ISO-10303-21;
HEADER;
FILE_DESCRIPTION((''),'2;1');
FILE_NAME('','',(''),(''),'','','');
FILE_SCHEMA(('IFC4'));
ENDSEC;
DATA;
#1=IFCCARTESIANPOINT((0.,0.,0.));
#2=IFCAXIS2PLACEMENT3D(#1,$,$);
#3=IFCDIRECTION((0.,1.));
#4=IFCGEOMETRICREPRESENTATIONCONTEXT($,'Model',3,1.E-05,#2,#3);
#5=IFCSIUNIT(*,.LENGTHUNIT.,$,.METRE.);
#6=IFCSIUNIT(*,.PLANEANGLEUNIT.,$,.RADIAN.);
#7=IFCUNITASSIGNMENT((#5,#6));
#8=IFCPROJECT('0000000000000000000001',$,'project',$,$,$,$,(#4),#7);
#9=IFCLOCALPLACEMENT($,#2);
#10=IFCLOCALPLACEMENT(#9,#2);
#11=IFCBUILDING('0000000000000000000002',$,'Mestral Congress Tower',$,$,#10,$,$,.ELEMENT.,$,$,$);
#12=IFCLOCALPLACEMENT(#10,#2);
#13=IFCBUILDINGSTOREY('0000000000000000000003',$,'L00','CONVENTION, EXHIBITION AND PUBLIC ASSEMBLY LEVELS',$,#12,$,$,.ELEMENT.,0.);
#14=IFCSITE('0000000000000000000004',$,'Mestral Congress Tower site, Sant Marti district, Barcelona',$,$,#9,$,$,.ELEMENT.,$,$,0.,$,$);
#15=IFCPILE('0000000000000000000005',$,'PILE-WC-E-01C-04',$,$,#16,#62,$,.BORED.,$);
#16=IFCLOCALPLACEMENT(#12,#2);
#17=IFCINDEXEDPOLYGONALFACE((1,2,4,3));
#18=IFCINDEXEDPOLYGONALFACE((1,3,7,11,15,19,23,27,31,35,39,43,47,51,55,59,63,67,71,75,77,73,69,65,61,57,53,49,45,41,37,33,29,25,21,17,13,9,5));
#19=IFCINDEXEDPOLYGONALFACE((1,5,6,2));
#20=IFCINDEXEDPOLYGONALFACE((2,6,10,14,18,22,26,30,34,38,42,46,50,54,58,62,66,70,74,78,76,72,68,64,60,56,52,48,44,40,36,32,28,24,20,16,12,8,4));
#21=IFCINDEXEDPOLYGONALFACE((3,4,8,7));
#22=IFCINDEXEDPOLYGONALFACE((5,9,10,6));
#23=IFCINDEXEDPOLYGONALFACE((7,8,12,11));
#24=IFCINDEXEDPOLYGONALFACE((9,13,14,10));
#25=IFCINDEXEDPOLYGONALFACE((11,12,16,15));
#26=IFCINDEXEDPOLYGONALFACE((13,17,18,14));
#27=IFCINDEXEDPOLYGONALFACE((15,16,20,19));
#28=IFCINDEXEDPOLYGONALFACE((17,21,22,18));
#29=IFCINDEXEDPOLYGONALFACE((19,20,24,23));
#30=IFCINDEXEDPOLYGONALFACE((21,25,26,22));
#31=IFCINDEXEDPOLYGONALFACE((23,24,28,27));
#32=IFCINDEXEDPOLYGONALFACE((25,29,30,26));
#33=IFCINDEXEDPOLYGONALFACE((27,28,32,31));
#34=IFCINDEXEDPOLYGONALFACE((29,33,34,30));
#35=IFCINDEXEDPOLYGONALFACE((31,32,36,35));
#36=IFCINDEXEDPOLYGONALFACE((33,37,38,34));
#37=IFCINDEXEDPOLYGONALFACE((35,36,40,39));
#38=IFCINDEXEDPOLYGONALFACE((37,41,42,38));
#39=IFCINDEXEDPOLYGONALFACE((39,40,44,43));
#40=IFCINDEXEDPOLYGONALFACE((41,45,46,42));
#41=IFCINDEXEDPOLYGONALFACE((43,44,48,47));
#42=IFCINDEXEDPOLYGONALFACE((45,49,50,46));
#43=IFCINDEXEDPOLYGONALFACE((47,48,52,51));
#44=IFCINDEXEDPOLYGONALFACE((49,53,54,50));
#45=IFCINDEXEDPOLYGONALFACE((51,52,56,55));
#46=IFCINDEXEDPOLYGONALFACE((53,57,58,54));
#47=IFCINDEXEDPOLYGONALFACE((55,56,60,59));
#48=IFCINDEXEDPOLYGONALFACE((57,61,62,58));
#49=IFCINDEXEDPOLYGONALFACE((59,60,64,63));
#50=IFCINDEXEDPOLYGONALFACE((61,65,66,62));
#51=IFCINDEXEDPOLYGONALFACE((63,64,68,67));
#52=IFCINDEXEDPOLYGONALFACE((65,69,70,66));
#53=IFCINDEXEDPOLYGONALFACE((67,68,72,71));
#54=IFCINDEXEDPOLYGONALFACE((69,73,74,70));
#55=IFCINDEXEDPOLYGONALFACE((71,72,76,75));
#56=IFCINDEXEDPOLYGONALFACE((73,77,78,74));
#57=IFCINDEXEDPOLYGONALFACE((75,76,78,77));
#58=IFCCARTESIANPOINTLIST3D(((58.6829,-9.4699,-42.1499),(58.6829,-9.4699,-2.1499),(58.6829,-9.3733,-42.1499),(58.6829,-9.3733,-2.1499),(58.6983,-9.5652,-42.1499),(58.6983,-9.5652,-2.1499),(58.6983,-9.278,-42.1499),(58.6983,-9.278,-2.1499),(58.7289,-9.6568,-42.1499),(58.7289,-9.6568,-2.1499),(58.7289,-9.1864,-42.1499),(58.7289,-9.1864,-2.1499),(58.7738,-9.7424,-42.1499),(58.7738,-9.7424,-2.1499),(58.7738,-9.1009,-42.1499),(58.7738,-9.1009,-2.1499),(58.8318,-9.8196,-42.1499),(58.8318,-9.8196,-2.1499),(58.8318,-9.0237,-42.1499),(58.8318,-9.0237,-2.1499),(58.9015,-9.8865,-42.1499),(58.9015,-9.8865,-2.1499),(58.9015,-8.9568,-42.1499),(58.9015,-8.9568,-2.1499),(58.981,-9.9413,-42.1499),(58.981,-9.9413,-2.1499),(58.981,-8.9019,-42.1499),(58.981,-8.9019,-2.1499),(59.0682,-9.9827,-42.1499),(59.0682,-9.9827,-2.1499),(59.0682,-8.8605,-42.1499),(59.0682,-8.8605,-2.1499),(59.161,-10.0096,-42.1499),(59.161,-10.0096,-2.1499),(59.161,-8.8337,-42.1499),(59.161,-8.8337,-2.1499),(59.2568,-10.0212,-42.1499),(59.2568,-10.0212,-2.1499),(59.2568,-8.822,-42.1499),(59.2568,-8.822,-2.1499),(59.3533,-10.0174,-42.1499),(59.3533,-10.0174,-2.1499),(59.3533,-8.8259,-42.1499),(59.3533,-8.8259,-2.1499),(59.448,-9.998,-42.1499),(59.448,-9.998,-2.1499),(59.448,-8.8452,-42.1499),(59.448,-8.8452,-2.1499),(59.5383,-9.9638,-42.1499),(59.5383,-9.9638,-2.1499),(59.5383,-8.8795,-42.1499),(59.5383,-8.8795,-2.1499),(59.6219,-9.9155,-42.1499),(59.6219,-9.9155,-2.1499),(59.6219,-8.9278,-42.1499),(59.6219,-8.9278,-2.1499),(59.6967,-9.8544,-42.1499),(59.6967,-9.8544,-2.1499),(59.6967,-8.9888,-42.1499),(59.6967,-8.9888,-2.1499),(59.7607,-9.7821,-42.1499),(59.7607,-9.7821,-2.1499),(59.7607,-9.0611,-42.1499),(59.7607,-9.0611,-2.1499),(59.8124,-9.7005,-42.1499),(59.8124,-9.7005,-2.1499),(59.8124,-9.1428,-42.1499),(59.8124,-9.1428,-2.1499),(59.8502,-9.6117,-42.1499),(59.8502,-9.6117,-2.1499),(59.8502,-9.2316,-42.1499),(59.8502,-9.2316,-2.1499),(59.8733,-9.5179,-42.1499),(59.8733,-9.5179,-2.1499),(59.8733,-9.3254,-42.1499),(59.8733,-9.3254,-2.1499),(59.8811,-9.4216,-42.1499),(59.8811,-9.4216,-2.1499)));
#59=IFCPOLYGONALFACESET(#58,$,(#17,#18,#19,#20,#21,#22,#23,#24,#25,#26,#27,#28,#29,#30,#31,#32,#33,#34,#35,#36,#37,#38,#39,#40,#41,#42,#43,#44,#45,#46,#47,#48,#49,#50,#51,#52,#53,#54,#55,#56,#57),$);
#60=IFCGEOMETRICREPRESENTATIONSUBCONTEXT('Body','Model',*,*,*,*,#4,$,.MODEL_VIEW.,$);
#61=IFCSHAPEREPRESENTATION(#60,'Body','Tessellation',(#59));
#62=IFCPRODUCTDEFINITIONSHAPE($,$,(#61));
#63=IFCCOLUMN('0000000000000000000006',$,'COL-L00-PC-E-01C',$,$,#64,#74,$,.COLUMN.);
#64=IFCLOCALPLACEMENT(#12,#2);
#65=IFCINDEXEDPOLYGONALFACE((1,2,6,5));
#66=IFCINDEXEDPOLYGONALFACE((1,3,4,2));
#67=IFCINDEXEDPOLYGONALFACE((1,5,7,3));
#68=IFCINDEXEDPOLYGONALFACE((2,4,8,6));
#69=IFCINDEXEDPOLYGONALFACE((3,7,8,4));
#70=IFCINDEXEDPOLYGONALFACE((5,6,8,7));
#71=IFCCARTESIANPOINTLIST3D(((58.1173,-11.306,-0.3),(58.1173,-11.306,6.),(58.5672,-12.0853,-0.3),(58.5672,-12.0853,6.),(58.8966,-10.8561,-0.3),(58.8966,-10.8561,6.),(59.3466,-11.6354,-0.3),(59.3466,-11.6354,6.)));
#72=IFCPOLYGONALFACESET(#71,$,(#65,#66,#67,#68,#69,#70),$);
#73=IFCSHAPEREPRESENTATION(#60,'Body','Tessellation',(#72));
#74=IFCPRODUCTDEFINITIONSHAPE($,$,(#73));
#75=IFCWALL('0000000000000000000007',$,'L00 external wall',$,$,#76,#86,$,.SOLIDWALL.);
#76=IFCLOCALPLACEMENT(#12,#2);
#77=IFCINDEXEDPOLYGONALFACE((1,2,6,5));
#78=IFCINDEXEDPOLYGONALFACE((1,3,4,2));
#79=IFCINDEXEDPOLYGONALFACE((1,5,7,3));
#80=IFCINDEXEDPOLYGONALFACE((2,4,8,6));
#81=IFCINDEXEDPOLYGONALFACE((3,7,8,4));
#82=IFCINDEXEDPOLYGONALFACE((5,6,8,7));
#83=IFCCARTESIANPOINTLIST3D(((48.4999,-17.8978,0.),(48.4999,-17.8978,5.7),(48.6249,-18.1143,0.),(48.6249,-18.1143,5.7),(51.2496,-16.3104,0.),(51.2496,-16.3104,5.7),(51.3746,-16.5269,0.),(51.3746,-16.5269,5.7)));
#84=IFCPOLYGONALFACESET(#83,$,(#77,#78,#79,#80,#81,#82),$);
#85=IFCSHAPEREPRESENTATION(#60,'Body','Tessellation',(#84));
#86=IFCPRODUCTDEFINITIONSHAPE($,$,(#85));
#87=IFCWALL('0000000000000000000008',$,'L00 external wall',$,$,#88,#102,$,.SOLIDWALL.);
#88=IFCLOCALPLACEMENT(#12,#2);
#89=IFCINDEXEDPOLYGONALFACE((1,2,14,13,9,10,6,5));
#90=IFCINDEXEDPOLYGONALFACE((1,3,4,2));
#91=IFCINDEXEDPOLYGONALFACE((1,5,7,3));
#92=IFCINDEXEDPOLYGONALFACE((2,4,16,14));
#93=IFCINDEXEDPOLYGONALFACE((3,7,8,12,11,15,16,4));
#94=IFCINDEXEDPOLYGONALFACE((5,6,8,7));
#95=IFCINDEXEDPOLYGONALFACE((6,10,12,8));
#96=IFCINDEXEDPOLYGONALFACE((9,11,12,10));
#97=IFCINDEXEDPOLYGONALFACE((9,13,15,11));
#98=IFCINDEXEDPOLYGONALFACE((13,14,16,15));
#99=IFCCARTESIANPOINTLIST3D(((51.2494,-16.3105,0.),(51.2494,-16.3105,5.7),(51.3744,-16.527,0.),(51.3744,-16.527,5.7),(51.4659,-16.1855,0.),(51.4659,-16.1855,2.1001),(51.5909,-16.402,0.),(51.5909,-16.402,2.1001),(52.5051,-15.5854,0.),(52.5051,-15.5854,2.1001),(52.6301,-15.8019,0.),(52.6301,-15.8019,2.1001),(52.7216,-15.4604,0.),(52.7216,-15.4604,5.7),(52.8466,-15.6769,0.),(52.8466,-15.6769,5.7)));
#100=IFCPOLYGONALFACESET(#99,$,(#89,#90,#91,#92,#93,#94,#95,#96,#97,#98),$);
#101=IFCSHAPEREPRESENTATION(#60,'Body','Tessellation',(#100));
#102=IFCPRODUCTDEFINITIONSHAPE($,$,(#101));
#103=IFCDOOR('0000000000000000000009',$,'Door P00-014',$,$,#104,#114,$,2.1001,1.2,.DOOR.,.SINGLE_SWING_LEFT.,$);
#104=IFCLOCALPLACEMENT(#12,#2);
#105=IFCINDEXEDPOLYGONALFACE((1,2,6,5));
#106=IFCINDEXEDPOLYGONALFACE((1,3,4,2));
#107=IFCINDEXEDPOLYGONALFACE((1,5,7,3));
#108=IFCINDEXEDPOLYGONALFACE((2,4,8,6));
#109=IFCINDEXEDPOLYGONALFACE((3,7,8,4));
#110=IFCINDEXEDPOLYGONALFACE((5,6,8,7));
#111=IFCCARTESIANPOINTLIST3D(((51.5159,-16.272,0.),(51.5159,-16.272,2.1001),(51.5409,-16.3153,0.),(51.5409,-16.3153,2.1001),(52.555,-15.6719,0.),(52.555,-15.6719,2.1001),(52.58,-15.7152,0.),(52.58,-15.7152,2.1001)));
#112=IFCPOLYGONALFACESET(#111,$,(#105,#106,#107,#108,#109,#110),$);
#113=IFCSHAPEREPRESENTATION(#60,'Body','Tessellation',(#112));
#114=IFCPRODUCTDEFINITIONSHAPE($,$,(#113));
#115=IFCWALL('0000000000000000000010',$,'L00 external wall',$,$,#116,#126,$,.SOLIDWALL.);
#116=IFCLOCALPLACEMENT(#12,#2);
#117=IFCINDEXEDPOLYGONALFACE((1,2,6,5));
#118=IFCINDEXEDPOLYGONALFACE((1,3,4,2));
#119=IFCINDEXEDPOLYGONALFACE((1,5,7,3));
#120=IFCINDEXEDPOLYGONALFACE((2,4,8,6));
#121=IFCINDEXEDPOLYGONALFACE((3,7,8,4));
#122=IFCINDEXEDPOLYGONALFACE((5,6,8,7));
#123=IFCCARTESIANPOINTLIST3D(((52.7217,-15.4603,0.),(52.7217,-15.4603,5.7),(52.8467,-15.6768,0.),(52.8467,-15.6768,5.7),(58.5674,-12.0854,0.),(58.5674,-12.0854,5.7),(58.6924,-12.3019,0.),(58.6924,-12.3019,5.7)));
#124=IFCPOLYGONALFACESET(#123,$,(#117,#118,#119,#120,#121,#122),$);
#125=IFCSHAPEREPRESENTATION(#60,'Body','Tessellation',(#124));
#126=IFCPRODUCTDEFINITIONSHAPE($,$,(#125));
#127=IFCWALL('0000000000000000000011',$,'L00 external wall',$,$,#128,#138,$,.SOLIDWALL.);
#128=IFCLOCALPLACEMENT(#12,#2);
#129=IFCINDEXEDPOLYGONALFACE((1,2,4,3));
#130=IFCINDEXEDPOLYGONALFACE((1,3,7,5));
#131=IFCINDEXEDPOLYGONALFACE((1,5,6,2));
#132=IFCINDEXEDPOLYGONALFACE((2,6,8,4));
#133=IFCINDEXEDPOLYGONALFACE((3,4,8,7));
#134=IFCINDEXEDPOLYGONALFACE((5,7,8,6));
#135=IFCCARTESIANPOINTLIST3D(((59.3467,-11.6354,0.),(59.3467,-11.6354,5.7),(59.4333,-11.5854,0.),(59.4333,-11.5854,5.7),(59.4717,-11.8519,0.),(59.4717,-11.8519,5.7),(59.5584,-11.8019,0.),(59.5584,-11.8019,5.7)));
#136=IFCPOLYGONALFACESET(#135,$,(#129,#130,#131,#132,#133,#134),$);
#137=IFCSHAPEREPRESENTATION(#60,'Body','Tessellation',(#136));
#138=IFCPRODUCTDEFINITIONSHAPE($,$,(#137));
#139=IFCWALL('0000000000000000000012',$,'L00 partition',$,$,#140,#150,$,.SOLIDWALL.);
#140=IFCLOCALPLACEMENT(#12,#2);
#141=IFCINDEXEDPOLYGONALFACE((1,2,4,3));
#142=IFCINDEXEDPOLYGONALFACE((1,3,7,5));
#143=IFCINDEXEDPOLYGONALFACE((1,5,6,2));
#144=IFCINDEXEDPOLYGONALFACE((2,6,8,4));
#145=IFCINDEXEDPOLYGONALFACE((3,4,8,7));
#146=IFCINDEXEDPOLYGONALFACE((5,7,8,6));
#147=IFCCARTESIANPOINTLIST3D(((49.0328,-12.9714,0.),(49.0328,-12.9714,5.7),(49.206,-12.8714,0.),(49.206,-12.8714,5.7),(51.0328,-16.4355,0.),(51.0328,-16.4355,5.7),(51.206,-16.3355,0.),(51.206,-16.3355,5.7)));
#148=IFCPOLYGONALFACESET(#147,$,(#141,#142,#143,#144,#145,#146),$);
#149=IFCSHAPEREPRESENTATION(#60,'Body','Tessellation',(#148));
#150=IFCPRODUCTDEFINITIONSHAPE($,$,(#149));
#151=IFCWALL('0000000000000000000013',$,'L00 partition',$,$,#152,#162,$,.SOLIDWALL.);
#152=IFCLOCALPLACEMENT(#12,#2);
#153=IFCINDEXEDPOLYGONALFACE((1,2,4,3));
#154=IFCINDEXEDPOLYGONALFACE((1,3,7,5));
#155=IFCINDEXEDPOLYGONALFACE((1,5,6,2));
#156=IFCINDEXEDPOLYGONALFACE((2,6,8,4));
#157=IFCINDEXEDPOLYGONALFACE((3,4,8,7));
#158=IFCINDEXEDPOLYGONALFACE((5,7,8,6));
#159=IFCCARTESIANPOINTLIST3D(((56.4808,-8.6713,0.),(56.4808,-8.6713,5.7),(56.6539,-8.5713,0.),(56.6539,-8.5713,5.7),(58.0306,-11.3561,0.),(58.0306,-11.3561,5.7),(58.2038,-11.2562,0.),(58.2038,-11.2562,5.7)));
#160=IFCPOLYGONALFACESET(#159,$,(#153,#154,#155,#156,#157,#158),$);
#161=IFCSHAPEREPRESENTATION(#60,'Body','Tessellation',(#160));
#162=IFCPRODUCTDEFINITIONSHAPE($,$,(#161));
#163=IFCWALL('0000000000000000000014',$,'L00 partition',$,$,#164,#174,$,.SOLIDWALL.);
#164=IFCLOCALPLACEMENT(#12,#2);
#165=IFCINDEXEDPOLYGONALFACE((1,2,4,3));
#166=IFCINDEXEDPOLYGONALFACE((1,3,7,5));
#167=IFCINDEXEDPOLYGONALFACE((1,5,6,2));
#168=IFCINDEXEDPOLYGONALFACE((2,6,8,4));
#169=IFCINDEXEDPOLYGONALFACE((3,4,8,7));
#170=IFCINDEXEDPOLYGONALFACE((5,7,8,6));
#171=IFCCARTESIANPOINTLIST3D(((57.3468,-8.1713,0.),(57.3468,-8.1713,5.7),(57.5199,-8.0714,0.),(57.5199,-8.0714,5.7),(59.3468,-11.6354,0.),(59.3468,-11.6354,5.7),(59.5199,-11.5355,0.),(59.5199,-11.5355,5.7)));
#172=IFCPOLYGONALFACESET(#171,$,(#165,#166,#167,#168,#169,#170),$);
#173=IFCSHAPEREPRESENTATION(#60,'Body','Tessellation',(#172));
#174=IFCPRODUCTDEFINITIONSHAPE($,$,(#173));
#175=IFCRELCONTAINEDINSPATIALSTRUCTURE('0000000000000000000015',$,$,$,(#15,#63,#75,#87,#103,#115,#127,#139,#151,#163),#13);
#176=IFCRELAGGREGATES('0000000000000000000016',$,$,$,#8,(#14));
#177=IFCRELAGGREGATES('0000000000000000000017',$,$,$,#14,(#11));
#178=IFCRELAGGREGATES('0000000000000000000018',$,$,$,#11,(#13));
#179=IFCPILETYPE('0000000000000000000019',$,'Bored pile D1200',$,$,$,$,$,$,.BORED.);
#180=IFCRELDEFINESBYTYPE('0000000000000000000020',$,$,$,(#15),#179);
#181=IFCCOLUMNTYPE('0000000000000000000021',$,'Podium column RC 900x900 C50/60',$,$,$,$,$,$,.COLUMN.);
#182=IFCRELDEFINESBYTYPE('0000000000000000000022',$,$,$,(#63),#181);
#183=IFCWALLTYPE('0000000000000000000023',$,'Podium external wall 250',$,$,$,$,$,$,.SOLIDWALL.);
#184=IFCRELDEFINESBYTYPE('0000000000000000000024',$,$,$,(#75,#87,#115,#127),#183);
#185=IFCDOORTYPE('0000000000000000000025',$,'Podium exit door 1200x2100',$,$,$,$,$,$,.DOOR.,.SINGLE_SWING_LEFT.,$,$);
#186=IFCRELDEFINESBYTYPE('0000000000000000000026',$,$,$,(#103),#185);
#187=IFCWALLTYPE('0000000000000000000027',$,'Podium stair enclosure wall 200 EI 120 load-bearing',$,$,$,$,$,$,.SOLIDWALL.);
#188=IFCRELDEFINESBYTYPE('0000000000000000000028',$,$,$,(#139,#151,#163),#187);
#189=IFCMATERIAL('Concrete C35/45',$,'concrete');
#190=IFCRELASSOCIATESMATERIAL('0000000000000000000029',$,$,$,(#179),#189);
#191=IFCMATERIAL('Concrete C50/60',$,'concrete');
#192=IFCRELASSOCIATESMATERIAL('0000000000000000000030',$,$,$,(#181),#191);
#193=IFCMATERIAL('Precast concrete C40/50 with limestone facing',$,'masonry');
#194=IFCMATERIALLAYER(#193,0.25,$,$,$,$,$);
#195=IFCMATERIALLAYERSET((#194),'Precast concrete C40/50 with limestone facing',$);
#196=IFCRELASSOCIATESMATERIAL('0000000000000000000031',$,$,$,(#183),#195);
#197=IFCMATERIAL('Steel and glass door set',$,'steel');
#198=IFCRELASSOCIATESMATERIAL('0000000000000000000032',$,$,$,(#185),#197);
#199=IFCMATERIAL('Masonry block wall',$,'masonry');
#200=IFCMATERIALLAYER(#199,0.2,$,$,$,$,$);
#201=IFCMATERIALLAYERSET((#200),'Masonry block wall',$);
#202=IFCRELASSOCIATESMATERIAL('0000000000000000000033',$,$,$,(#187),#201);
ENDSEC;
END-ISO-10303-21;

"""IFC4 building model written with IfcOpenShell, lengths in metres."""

from ifc_helpers import new_model, si_unit, direction, frame, frame_2d, origin, origin_2d, place, context, subcontext, project, spatial, rectangle, circle, extrude, material, layer, layer_set, material_profile, profile_set, type_object, element, fill, save


model = new_model("IFC4")

# Units and contexts
model_context = context("Model", 3, precision=1e-05, world=origin(), true_north=direction((0.0, 1.0)))
body_context = subcontext(model_context, "Body", "Model", "MODEL_VIEW")
ifc_project = project(units=[si_unit("LENGTHUNIT", "METRE"), si_unit("PLANEANGLEUNIT", "RADIAN")], contexts=[model_context])

# Site, building, storey
site_placement = place(None, origin())
site = spatial("IfcSite", under=ifc_project, at=site_placement, Name="Mestral Congress Tower site, Sant Marti district, Barcelona", CompositionType="ELEMENT", RefElevation=0.0)
building_placement = place(site_placement, origin())
building = spatial("IfcBuilding", under=site, at=building_placement, Name="Mestral Congress Tower", CompositionType="ELEMENT")
storey_placement = place(building_placement, origin())
storey = spatial("IfcBuildingStorey", under=building, at=storey_placement, Name="L00", Description="CONVENTION, EXHIBITION AND PUBLIC ASSEMBLY LEVELS", CompositionType="ELEMENT", Elevation=0.0)

# Pile
ifc_material_1 = material(Name="Concrete C35/45", Category="concrete")
ifc_material_profile_1 = material_profile(ifc_material_1, circle(Radius=0.6001, at=origin_2d()), Name="D1200")
ifc_profile_set_1 = profile_set([ifc_material_profile_1], Name="Concrete C35/45")
pile_type = type_object("IfcPileType", Name="Bored pile D1200", PredefinedType="BORED", material=ifc_profile_set_1)
for number, where, z_axis, x_axis, name in (
    (1, (59.281, -9.4216, -2.1499), (0.0, 0.0, -1.0), (1.0, 0.0, 0.0), "PILE-WC-E-01C-04"),
):
    element("IfcPile", number, at=place(storey_placement, frame(where, z_axis=z_axis, x_axis=x_axis)), inside=storey, type_object=pile_type, Name=name, PredefinedType="BORED", context=body_context, shape_type="SweptSolid", body=[
        extrude(circle(Radius=0.6001, at=origin_2d()), origin(), (0.0, 0.0, 1.0), 40.0),
    ])

# Column
ifc_material_2 = material(Name="Concrete C50/60", Category="concrete")
ifc_material_profile_2 = material_profile(ifc_material_2, rectangle(XDim=0.8999, YDim=0.8999, at=origin_2d()), Name="RC 900x900")
ifc_profile_set_2 = profile_set([ifc_material_profile_2], Name="Concrete C50/60")
column_type = type_object("IfcColumnType", Name="Podium column RC 900x900 C50/60", PredefinedType="COLUMN", material=ifc_profile_set_2)
column_placement = place(storey_placement, frame((58.7319, -11.4707, -0.3), z_axis=(0.0, 0.0, 1.0), x_axis=(-0.5, 0.866025, 0.0)))
element("IfcColumn", 2, at=column_placement, inside=storey, type_object=column_type, Name="COL-L00-PC-E-01C", PredefinedType="COLUMN", context=body_context, shape_type="SweptSolid", body=[
    extrude(rectangle(XDim=0.8999, YDim=0.8999, at=origin_2d()), origin(), (0.0, 0.0, 1.0), 6.3),
])

# Wall
ifc_material_3 = material(Name="Precast concrete C40/50 with limestone facing", Category="masonry")
ifc_layer_1 = layer(ifc_material_3, 0.25)
ifc_layer_set_1 = layer_set([ifc_layer_1], Name="Precast concrete C40/50 with limestone facing")
wall_type_1 = type_object("IfcWallType", Name="Podium external wall 250", PredefinedType="SOLIDWALL", material=ifc_layer_set_1)
wall_1_placement = place(storey_placement, frame((51.312, -16.4187, 0.0), z_axis=(0.0, 0.0, 1.0), x_axis=(-0.866049, -0.49996, 0.0)))
element("IfcWall", 3, at=wall_1_placement, inside=storey, type_object=wall_type_1, Name="L00 external wall", PredefinedType="SOLIDWALL", context=body_context, shape_type="SweptSolid", body=[
    extrude(rectangle(XDim=3.175, YDim=0.25, at=frame_2d((1.5874, 0.0))), origin(), (0.0, 0.0, 1.0), 5.7),
])

# Wall, opening, door
wall_2_placement = place(storey_placement, frame((52.7842, -15.5686, 0.0), z_axis=(0.0, 0.0, 1.0), x_axis=(-0.865989, -0.500062, 0.0)))
wall_2 = element("IfcWall", 4, at=wall_2_placement, inside=storey, type_object=wall_type_1, Name="L00 external wall", PredefinedType="SOLIDWALL", context=body_context, shape_type="SweptSolid", body=[
    extrude(rectangle(XDim=1.7, YDim=0.25, at=frame_2d((0.8501, 0.0))), origin(), (0.0, 0.0, 1.0), 5.7),
])
opening_placement = place(wall_2_placement, frame((0.25, 0.0, 0.0)))
opening = element("IfcOpeningElement", 5, at=opening_placement, cuts=wall_2, PredefinedType="OPENING", context=body_context, shape_type="SweptSolid", body=[
    extrude(rectangle(XDim=1.2, YDim=2.1001, at=frame_2d((0.6001, 1.05))), frame((0.0, 0.135, 0.0), z_axis=(0.0, -1.0, 0.0), x_axis=(1.0, 0.0, 0.0)), (0.0, 0.0, 1.0), 0.27),
])
ifc_material_4 = material(Name="Steel and glass door set", Category="steel")
door_type = type_object("IfcDoorType", Name="Podium exit door 1200x2100", OperationType="SINGLE_SWING_LEFT", PredefinedType="DOOR", material=ifc_material_4)
door_placement = place(opening_placement, origin())
door = element("IfcDoor", 6, at=door_placement, inside=storey, type_object=door_type, Name="Door P00-014", OperationType="SINGLE_SWING_LEFT", OverallHeight=2.1001, OverallWidth=1.2, PredefinedType="DOOR", context=body_context, shape_type="SweptSolid", body=[
    extrude(rectangle(XDim=1.2, YDim=2.1001, at=frame_2d((0.6001, 1.05))), frame((0.0, 0.0249, 0.0), z_axis=(0.0, -1.0, 0.0), x_axis=(1.0, 0.0, 0.0)), (0.0, 0.0, 1.0), 0.05),
])
fill(opening, door)

# Walls
wall_3_placement = place(storey_placement, frame((58.6299, -12.1936, 0.0), z_axis=(0.0, 0.0, 1.0), x_axis=(-0.866027, -0.499998, 0.0)))
element("IfcWall", 7, at=wall_3_placement, inside=storey, type_object=wall_type_1, Name="L00 external wall", PredefinedType="SOLIDWALL", context=body_context, shape_type="SweptSolid", body=[
    extrude(rectangle(XDim=6.75, YDim=0.25, at=frame_2d((3.375, 0.0))), origin(), (0.0, 0.0, 1.0), 5.7),
])
wall_4_placement = place(storey_placement, frame((59.4958, -11.6936, 0.0), z_axis=(0.0, 0.0, 1.0), x_axis=(-0.865982, -0.500074, 0.0)))
element("IfcWall", 8, at=wall_4_placement, inside=storey, type_object=wall_type_1, Name="L00 external wall", PredefinedType="SOLIDWALL", context=body_context, shape_type="SweptSolid", body=[
    extrude(rectangle(XDim=0.1001, YDim=0.25, at=frame_2d((0.05, 0.0))), origin(), (0.0, 0.0, 1.0), 5.7),
])
ifc_material_5 = material(Name="Masonry block wall", Category="masonry")
ifc_layer_2 = layer(ifc_material_5, 0.2)
ifc_layer_set_2 = layer_set([ifc_layer_2], Name="Masonry block wall")
wall_type_2 = type_object("IfcWallType", Name="Podium stair enclosure wall 200 EI 120 load-bearing", PredefinedType="SOLIDWALL", material=ifc_layer_set_2)
wall_5_placement = place(storey_placement, frame((51.1194, -16.3855, 0.0), z_axis=(0.0, 0.0, 1.0), x_axis=(-0.499999, 0.866026, 0.0)))
element("IfcWall", 9, at=wall_5_placement, inside=storey, type_object=wall_type_2, Name="L00 partition", PredefinedType="SOLIDWALL", context=body_context, shape_type="SweptSolid", body=[
    extrude(rectangle(XDim=4.0, YDim=0.2, at=frame_2d((2.0, 0.0))), origin(), (0.0, 0.0, 1.0), 5.7),
])
wall_6_placement = place(storey_placement, frame((58.1172, -11.3062, 0.0), z_axis=(0.0, 0.0, 1.0), x_axis=(-0.499934, 0.866064, 0.0)))
element("IfcWall", 10, at=wall_6_placement, inside=storey, type_object=wall_type_2, Name="L00 partition", PredefinedType="SOLIDWALL", context=body_context, shape_type="SweptSolid", body=[
    extrude(rectangle(XDim=3.1001, YDim=0.2, at=frame_2d((1.55, 0.0))), origin(), (0.0, 0.0, 1.0), 5.7),
])
wall_7_placement = place(storey_placement, frame((59.4333, -11.5854, 0.0), z_axis=(0.0, 0.0, 1.0), x_axis=(-0.499999, 0.866026, 0.0)))
element("IfcWall", 11, at=wall_7_placement, inside=storey, type_object=wall_type_2, Name="L00 partition", PredefinedType="SOLIDWALL", context=body_context, shape_type="SweptSolid", body=[
    extrude(rectangle(XDim=4.0, YDim=0.2, at=frame_2d((2.0, 0.0))), origin(), (0.0, 0.0, 1.0), 5.7),
])

save(model, "model.ifc")
